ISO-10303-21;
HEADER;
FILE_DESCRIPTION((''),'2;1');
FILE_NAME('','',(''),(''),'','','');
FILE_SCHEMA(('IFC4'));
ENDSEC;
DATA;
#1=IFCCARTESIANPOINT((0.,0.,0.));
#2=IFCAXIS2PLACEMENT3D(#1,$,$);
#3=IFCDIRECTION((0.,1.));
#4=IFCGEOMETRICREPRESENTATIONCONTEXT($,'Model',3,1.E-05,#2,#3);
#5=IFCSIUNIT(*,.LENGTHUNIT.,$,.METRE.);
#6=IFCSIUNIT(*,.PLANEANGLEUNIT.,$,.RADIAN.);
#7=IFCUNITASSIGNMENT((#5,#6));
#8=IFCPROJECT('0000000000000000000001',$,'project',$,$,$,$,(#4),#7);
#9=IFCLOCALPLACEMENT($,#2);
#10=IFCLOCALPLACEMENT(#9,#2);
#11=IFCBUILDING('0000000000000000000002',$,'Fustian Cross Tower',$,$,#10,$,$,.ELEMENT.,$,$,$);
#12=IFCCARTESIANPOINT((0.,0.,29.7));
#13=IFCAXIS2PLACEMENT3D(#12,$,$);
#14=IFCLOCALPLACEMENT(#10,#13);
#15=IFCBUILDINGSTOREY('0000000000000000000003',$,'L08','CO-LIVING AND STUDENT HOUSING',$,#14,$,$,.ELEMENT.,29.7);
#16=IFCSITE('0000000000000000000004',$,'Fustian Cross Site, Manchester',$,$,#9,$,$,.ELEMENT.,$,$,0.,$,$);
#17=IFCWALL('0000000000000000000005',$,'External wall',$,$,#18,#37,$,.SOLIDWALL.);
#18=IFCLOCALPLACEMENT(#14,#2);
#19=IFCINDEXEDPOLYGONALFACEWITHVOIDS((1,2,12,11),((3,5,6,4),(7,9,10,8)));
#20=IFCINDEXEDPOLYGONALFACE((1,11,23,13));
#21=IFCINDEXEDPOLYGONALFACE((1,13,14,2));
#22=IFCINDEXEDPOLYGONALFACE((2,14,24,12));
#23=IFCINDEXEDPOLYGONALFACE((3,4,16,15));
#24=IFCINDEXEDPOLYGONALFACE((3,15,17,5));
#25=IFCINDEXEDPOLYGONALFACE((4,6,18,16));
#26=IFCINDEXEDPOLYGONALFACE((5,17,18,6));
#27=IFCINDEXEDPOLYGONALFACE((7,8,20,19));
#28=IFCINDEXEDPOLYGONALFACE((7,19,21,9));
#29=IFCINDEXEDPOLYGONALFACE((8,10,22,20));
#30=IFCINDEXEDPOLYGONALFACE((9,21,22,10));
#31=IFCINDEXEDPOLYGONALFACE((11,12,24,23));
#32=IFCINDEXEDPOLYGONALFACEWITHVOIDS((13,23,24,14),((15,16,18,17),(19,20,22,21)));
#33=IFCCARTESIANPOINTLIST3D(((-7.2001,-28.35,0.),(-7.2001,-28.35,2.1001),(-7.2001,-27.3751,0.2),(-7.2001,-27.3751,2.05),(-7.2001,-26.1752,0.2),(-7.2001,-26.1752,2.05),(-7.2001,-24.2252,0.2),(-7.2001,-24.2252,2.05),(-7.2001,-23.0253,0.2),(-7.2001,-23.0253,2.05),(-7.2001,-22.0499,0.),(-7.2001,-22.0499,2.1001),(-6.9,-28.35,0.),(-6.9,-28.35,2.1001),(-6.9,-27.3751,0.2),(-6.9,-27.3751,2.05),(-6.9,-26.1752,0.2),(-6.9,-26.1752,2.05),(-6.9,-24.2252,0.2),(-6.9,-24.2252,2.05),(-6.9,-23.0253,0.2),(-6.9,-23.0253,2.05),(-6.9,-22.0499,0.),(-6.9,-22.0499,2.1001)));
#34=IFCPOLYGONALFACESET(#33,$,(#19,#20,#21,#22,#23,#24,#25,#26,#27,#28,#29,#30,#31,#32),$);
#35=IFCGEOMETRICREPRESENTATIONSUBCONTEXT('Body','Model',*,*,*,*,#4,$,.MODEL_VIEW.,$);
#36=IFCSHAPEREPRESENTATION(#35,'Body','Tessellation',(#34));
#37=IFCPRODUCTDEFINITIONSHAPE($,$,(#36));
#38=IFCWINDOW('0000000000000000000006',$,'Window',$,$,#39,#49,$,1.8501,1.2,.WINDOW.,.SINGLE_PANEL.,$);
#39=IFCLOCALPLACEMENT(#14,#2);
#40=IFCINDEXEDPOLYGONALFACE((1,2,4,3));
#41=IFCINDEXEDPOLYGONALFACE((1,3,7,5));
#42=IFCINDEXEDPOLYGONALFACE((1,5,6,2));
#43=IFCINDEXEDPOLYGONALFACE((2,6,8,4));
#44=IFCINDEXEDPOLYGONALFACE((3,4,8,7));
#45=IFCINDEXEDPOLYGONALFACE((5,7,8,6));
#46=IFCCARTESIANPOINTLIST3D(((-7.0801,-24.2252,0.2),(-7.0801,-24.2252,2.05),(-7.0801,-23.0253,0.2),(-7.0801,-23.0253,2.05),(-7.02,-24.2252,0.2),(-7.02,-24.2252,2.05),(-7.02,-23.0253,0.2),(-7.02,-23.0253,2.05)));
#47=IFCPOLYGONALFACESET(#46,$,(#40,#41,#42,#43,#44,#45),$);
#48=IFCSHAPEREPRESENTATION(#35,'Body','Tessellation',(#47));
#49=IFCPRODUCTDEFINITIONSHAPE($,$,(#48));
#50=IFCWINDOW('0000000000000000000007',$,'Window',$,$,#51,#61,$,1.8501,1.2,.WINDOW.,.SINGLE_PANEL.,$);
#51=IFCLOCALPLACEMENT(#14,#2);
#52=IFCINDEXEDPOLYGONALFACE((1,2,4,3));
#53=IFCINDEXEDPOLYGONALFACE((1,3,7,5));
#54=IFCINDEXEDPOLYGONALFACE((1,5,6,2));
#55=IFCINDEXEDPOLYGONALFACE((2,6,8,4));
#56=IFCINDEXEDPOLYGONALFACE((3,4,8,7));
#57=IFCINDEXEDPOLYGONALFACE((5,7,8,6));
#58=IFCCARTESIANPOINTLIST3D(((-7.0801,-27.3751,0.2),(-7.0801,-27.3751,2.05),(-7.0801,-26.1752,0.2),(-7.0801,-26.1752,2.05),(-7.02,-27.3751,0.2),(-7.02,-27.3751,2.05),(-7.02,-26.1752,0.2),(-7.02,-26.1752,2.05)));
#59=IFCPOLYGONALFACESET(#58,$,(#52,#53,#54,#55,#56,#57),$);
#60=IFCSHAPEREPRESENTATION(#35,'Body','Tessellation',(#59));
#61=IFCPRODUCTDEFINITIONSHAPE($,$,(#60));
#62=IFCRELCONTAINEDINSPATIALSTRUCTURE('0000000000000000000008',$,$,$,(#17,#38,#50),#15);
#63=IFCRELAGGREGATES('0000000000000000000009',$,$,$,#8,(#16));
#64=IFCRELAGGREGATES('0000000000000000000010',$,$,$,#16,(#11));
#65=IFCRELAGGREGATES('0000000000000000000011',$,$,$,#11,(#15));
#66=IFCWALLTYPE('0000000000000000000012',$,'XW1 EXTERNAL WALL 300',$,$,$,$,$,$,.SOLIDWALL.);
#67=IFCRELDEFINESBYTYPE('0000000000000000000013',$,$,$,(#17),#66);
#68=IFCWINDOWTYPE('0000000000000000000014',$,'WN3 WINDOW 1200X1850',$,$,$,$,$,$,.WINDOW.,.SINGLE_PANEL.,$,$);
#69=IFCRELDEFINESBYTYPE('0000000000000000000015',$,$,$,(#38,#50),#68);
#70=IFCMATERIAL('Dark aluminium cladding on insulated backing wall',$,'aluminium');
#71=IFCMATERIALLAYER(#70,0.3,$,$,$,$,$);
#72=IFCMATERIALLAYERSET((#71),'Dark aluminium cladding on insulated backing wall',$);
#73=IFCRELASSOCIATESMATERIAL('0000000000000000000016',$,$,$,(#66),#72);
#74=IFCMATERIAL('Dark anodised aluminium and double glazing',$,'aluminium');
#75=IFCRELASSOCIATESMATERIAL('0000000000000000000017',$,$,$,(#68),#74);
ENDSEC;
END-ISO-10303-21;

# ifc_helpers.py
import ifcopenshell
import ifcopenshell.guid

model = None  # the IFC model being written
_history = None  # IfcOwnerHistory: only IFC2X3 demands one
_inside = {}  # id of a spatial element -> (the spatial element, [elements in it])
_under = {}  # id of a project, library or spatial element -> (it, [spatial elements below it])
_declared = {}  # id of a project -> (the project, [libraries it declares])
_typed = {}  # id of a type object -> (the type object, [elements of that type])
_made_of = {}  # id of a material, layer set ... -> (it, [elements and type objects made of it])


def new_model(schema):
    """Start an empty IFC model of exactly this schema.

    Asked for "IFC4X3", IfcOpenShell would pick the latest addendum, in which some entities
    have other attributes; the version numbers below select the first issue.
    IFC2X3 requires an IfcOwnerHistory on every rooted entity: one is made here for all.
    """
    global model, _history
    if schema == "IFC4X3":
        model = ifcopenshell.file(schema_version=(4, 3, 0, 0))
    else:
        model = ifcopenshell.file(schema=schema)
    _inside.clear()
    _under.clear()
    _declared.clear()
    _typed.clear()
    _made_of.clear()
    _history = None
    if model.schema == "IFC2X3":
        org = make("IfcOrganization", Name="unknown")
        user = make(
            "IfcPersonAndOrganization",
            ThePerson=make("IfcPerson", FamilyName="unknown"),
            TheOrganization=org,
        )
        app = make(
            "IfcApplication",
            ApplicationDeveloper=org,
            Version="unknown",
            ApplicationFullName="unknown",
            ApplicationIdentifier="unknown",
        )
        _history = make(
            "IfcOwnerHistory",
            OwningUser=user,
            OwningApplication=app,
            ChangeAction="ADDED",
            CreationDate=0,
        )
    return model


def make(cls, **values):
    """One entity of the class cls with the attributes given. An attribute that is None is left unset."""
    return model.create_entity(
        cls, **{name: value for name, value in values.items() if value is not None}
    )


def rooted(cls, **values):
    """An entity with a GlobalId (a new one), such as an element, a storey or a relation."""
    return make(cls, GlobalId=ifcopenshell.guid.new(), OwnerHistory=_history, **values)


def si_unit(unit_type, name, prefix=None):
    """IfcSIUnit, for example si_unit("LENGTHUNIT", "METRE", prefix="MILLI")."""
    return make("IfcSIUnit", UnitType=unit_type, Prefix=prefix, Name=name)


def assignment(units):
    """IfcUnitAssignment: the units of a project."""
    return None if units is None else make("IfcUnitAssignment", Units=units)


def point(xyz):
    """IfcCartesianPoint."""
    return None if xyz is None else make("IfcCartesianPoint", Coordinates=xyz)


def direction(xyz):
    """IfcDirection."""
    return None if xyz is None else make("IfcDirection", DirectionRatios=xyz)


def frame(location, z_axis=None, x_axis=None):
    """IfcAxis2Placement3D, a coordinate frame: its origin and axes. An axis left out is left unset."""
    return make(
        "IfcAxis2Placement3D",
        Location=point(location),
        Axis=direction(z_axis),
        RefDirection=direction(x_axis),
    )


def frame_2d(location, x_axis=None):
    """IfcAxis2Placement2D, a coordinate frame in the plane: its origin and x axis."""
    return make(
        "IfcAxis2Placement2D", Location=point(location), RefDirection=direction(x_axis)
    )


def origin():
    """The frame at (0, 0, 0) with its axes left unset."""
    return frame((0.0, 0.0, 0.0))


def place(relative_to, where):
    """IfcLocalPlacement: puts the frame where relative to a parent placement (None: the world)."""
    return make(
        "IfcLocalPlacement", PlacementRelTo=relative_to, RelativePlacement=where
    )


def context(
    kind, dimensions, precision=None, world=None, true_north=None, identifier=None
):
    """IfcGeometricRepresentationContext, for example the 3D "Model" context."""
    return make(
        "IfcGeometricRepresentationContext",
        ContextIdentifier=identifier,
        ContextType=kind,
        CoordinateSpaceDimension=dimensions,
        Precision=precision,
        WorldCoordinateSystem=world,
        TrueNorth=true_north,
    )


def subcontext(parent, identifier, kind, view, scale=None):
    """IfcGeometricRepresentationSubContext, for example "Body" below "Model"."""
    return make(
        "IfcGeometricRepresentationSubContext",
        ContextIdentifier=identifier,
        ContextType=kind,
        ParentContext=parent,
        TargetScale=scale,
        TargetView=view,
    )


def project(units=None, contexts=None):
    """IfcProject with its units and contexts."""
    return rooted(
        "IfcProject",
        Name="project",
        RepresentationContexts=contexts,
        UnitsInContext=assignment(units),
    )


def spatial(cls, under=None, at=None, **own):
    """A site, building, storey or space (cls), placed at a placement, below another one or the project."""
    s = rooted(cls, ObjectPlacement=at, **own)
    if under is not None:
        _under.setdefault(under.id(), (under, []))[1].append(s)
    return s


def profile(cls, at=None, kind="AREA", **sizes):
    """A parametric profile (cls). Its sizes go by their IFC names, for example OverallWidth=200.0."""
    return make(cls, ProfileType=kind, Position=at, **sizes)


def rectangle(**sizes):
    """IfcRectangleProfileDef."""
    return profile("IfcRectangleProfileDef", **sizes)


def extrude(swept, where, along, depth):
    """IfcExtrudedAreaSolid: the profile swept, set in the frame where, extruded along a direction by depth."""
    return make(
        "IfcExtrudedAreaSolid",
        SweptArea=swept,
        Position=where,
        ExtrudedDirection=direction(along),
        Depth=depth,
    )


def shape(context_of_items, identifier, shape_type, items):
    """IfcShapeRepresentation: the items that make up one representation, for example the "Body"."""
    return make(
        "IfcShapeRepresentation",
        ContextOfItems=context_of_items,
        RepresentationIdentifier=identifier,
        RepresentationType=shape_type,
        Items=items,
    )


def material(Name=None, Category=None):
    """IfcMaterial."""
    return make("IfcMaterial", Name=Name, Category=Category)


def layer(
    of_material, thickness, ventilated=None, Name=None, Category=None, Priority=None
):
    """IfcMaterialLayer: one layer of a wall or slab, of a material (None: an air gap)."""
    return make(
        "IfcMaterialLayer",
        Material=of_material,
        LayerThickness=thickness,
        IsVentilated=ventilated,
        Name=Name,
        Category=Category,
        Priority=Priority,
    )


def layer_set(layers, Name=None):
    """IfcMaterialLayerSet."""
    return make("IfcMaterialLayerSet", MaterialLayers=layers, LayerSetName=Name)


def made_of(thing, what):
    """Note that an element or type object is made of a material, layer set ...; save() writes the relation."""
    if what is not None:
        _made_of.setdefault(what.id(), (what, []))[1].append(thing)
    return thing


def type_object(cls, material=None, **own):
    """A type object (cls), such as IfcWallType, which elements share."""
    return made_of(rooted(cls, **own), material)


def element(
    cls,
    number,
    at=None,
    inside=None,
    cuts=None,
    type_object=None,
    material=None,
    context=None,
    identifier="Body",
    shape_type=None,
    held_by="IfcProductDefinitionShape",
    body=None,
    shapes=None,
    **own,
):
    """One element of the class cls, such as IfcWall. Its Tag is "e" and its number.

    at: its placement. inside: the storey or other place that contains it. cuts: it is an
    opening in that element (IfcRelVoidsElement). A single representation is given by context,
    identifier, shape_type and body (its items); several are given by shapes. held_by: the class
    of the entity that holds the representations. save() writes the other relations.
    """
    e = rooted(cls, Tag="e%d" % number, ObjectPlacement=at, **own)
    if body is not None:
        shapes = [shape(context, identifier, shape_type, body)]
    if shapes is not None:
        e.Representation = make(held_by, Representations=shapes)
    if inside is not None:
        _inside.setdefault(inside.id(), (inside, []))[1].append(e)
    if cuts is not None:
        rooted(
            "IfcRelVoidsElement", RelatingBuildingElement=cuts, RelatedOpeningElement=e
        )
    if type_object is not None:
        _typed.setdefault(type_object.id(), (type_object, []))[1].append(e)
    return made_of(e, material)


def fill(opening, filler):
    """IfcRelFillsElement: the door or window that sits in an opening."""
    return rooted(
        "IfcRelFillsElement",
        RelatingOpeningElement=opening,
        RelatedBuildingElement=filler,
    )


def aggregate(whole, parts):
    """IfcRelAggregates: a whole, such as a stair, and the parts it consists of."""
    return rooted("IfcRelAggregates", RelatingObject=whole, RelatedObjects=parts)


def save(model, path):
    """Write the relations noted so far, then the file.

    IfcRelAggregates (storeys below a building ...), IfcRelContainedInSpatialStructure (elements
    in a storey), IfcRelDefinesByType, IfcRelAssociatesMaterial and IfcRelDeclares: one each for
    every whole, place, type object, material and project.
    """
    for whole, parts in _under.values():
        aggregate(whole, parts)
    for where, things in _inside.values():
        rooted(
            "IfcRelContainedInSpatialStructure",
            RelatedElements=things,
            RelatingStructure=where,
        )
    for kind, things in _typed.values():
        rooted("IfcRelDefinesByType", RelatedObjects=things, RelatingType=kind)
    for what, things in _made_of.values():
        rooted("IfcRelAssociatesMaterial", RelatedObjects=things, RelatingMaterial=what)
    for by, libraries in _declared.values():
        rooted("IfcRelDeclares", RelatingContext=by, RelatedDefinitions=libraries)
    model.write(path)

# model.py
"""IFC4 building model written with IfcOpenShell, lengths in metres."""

from ifc_helpers import new_model, si_unit, direction, frame, frame_2d, origin, place, context, subcontext, project, spatial, rectangle, extrude, material, layer, layer_set, type_object, element, fill, save


model = new_model("IFC4")

# Units and contexts
model_context = context("Model", 3, precision=1e-05, world=origin(), true_north=direction((0.0, 1.0)))
body_context = subcontext(model_context, "Body", "Model", "MODEL_VIEW")
ifc_project = project(units=[si_unit("LENGTHUNIT", "METRE"), si_unit("PLANEANGLEUNIT", "RADIAN")], contexts=[model_context])

# Site, building, storey
site_placement = place(None, origin())
site = spatial("IfcSite", under=ifc_project, at=site_placement, Name="Fustian Cross Site, Manchester", CompositionType="ELEMENT", RefElevation=0.0)
building_placement = place(site_placement, origin())
building = spatial("IfcBuilding", under=site, at=building_placement, Name="Fustian Cross Tower", CompositionType="ELEMENT")
storey_placement = place(building_placement, frame((0.0, 0.0, 29.7)))
storey = spatial("IfcBuildingStorey", under=building, at=storey_placement, Name="L08", Description="CO-LIVING AND STUDENT HOUSING", CompositionType="ELEMENT", Elevation=29.7)

# Shared definitions
ifc_material_1 = material(Name="Dark aluminium cladding on insulated backing wall", Category="aluminium")
ifc_layer_1 = layer(ifc_material_1, 0.3)
ifc_layer_set_1 = layer_set([ifc_layer_1], Name="Dark aluminium cladding on insulated backing wall")
wall_type_1 = type_object("IfcWallType", Name="XW1 EXTERNAL WALL 300", PredefinedType="SOLIDWALL", material=ifc_layer_set_1)

# Shared definitions
ifc_material_2 = material(Name="Dark anodised aluminium and double glazing", Category="aluminium")
window_type = type_object("IfcWindowType", Name="WN3 WINDOW 1200X1850", PartitioningType="SINGLE_PANEL", PredefinedType="WINDOW", material=ifc_material_2)

# Wall, openings, windows
wall_1_placement = place(storey_placement, frame((-7.05, -22.05, 0.0), z_axis=(0.0, 0.0, 1.0), x_axis=(0.0, -1.0, 0.0)))
wall_1 = element("IfcWall", 1, at=wall_1_placement, inside=storey, type_object=wall_type_1, Name="External wall", PredefinedType="SOLIDWALL", context=body_context, shape_type="SweptSolid", body=[
    extrude(rectangle(XDim=6.3, YDim=0.3, at=frame_2d((3.1499, 0.0))), origin(), (0.0, 0.0, 1.0), 2.1001),
])
opening_1_placement = place(wall_1_placement, frame((0.9751, 0.0, 0.2)))
opening_1 = element("IfcOpeningElement", 2, at=opening_1_placement, cuts=wall_1, PredefinedType="OPENING", context=body_context, shape_type="SweptSolid", body=[
    extrude(rectangle(XDim=1.2, YDim=1.8501, at=frame_2d((0.6001, 0.925))), frame((0.0, 0.1599, 0.0), z_axis=(0.0, -1.0, 0.0), x_axis=(1.0, 0.0, 0.0)), (0.0, 0.0, 1.0), 0.3201),
])
opening_2_placement = place(wall_1_placement, frame((4.125, 0.0, 0.2)))
opening_2 = element("IfcOpeningElement", 3, at=opening_2_placement, cuts=wall_1, PredefinedType="OPENING", context=body_context, shape_type="SweptSolid", body=[
    extrude(rectangle(XDim=1.2, YDim=1.8501, at=frame_2d((0.6001, 0.925))), frame((0.0, 0.1599, 0.0), z_axis=(0.0, -1.0, 0.0), x_axis=(1.0, 0.0, 0.0)), (0.0, 0.0, 1.0), 0.3201),
])
window_1_placement = place(opening_1_placement, origin())
window_1 = element("IfcWindow", 4, at=window_1_placement, inside=storey, type_object=window_type, Name="Window", OverallHeight=1.8501, OverallWidth=1.2, PartitioningType="SINGLE_PANEL", PredefinedType="WINDOW", context=body_context, shape_type="SweptSolid", body=[
    extrude(rectangle(XDim=1.2, YDim=1.8501, at=frame_2d((0.6001, 0.925))), frame((0.0, 0.03, 0.0), z_axis=(0.0, -1.0, 0.0), x_axis=(1.0, 0.0, 0.0)), (0.0, 0.0, 1.0), 0.0601),
])
fill(opening_1, window_1)
window_2_placement = place(opening_2_placement, origin())
window_2 = element("IfcWindow", 5, at=window_2_placement, inside=storey, type_object=window_type, Name="Window", OverallHeight=1.8501, OverallWidth=1.2, PartitioningType="SINGLE_PANEL", PredefinedType="WINDOW", context=body_context, shape_type="SweptSolid", body=[
    extrude(rectangle(XDim=1.2, YDim=1.8501, at=frame_2d((0.6001, 0.925))), frame((0.0, 0.03, 0.0), z_axis=(0.0, -1.0, 0.0), x_axis=(1.0, 0.0, 0.0)), (0.0, 0.0, 1.0), 0.0601),
])
fill(opening_2, window_2)

save(model, "model.ifc")
